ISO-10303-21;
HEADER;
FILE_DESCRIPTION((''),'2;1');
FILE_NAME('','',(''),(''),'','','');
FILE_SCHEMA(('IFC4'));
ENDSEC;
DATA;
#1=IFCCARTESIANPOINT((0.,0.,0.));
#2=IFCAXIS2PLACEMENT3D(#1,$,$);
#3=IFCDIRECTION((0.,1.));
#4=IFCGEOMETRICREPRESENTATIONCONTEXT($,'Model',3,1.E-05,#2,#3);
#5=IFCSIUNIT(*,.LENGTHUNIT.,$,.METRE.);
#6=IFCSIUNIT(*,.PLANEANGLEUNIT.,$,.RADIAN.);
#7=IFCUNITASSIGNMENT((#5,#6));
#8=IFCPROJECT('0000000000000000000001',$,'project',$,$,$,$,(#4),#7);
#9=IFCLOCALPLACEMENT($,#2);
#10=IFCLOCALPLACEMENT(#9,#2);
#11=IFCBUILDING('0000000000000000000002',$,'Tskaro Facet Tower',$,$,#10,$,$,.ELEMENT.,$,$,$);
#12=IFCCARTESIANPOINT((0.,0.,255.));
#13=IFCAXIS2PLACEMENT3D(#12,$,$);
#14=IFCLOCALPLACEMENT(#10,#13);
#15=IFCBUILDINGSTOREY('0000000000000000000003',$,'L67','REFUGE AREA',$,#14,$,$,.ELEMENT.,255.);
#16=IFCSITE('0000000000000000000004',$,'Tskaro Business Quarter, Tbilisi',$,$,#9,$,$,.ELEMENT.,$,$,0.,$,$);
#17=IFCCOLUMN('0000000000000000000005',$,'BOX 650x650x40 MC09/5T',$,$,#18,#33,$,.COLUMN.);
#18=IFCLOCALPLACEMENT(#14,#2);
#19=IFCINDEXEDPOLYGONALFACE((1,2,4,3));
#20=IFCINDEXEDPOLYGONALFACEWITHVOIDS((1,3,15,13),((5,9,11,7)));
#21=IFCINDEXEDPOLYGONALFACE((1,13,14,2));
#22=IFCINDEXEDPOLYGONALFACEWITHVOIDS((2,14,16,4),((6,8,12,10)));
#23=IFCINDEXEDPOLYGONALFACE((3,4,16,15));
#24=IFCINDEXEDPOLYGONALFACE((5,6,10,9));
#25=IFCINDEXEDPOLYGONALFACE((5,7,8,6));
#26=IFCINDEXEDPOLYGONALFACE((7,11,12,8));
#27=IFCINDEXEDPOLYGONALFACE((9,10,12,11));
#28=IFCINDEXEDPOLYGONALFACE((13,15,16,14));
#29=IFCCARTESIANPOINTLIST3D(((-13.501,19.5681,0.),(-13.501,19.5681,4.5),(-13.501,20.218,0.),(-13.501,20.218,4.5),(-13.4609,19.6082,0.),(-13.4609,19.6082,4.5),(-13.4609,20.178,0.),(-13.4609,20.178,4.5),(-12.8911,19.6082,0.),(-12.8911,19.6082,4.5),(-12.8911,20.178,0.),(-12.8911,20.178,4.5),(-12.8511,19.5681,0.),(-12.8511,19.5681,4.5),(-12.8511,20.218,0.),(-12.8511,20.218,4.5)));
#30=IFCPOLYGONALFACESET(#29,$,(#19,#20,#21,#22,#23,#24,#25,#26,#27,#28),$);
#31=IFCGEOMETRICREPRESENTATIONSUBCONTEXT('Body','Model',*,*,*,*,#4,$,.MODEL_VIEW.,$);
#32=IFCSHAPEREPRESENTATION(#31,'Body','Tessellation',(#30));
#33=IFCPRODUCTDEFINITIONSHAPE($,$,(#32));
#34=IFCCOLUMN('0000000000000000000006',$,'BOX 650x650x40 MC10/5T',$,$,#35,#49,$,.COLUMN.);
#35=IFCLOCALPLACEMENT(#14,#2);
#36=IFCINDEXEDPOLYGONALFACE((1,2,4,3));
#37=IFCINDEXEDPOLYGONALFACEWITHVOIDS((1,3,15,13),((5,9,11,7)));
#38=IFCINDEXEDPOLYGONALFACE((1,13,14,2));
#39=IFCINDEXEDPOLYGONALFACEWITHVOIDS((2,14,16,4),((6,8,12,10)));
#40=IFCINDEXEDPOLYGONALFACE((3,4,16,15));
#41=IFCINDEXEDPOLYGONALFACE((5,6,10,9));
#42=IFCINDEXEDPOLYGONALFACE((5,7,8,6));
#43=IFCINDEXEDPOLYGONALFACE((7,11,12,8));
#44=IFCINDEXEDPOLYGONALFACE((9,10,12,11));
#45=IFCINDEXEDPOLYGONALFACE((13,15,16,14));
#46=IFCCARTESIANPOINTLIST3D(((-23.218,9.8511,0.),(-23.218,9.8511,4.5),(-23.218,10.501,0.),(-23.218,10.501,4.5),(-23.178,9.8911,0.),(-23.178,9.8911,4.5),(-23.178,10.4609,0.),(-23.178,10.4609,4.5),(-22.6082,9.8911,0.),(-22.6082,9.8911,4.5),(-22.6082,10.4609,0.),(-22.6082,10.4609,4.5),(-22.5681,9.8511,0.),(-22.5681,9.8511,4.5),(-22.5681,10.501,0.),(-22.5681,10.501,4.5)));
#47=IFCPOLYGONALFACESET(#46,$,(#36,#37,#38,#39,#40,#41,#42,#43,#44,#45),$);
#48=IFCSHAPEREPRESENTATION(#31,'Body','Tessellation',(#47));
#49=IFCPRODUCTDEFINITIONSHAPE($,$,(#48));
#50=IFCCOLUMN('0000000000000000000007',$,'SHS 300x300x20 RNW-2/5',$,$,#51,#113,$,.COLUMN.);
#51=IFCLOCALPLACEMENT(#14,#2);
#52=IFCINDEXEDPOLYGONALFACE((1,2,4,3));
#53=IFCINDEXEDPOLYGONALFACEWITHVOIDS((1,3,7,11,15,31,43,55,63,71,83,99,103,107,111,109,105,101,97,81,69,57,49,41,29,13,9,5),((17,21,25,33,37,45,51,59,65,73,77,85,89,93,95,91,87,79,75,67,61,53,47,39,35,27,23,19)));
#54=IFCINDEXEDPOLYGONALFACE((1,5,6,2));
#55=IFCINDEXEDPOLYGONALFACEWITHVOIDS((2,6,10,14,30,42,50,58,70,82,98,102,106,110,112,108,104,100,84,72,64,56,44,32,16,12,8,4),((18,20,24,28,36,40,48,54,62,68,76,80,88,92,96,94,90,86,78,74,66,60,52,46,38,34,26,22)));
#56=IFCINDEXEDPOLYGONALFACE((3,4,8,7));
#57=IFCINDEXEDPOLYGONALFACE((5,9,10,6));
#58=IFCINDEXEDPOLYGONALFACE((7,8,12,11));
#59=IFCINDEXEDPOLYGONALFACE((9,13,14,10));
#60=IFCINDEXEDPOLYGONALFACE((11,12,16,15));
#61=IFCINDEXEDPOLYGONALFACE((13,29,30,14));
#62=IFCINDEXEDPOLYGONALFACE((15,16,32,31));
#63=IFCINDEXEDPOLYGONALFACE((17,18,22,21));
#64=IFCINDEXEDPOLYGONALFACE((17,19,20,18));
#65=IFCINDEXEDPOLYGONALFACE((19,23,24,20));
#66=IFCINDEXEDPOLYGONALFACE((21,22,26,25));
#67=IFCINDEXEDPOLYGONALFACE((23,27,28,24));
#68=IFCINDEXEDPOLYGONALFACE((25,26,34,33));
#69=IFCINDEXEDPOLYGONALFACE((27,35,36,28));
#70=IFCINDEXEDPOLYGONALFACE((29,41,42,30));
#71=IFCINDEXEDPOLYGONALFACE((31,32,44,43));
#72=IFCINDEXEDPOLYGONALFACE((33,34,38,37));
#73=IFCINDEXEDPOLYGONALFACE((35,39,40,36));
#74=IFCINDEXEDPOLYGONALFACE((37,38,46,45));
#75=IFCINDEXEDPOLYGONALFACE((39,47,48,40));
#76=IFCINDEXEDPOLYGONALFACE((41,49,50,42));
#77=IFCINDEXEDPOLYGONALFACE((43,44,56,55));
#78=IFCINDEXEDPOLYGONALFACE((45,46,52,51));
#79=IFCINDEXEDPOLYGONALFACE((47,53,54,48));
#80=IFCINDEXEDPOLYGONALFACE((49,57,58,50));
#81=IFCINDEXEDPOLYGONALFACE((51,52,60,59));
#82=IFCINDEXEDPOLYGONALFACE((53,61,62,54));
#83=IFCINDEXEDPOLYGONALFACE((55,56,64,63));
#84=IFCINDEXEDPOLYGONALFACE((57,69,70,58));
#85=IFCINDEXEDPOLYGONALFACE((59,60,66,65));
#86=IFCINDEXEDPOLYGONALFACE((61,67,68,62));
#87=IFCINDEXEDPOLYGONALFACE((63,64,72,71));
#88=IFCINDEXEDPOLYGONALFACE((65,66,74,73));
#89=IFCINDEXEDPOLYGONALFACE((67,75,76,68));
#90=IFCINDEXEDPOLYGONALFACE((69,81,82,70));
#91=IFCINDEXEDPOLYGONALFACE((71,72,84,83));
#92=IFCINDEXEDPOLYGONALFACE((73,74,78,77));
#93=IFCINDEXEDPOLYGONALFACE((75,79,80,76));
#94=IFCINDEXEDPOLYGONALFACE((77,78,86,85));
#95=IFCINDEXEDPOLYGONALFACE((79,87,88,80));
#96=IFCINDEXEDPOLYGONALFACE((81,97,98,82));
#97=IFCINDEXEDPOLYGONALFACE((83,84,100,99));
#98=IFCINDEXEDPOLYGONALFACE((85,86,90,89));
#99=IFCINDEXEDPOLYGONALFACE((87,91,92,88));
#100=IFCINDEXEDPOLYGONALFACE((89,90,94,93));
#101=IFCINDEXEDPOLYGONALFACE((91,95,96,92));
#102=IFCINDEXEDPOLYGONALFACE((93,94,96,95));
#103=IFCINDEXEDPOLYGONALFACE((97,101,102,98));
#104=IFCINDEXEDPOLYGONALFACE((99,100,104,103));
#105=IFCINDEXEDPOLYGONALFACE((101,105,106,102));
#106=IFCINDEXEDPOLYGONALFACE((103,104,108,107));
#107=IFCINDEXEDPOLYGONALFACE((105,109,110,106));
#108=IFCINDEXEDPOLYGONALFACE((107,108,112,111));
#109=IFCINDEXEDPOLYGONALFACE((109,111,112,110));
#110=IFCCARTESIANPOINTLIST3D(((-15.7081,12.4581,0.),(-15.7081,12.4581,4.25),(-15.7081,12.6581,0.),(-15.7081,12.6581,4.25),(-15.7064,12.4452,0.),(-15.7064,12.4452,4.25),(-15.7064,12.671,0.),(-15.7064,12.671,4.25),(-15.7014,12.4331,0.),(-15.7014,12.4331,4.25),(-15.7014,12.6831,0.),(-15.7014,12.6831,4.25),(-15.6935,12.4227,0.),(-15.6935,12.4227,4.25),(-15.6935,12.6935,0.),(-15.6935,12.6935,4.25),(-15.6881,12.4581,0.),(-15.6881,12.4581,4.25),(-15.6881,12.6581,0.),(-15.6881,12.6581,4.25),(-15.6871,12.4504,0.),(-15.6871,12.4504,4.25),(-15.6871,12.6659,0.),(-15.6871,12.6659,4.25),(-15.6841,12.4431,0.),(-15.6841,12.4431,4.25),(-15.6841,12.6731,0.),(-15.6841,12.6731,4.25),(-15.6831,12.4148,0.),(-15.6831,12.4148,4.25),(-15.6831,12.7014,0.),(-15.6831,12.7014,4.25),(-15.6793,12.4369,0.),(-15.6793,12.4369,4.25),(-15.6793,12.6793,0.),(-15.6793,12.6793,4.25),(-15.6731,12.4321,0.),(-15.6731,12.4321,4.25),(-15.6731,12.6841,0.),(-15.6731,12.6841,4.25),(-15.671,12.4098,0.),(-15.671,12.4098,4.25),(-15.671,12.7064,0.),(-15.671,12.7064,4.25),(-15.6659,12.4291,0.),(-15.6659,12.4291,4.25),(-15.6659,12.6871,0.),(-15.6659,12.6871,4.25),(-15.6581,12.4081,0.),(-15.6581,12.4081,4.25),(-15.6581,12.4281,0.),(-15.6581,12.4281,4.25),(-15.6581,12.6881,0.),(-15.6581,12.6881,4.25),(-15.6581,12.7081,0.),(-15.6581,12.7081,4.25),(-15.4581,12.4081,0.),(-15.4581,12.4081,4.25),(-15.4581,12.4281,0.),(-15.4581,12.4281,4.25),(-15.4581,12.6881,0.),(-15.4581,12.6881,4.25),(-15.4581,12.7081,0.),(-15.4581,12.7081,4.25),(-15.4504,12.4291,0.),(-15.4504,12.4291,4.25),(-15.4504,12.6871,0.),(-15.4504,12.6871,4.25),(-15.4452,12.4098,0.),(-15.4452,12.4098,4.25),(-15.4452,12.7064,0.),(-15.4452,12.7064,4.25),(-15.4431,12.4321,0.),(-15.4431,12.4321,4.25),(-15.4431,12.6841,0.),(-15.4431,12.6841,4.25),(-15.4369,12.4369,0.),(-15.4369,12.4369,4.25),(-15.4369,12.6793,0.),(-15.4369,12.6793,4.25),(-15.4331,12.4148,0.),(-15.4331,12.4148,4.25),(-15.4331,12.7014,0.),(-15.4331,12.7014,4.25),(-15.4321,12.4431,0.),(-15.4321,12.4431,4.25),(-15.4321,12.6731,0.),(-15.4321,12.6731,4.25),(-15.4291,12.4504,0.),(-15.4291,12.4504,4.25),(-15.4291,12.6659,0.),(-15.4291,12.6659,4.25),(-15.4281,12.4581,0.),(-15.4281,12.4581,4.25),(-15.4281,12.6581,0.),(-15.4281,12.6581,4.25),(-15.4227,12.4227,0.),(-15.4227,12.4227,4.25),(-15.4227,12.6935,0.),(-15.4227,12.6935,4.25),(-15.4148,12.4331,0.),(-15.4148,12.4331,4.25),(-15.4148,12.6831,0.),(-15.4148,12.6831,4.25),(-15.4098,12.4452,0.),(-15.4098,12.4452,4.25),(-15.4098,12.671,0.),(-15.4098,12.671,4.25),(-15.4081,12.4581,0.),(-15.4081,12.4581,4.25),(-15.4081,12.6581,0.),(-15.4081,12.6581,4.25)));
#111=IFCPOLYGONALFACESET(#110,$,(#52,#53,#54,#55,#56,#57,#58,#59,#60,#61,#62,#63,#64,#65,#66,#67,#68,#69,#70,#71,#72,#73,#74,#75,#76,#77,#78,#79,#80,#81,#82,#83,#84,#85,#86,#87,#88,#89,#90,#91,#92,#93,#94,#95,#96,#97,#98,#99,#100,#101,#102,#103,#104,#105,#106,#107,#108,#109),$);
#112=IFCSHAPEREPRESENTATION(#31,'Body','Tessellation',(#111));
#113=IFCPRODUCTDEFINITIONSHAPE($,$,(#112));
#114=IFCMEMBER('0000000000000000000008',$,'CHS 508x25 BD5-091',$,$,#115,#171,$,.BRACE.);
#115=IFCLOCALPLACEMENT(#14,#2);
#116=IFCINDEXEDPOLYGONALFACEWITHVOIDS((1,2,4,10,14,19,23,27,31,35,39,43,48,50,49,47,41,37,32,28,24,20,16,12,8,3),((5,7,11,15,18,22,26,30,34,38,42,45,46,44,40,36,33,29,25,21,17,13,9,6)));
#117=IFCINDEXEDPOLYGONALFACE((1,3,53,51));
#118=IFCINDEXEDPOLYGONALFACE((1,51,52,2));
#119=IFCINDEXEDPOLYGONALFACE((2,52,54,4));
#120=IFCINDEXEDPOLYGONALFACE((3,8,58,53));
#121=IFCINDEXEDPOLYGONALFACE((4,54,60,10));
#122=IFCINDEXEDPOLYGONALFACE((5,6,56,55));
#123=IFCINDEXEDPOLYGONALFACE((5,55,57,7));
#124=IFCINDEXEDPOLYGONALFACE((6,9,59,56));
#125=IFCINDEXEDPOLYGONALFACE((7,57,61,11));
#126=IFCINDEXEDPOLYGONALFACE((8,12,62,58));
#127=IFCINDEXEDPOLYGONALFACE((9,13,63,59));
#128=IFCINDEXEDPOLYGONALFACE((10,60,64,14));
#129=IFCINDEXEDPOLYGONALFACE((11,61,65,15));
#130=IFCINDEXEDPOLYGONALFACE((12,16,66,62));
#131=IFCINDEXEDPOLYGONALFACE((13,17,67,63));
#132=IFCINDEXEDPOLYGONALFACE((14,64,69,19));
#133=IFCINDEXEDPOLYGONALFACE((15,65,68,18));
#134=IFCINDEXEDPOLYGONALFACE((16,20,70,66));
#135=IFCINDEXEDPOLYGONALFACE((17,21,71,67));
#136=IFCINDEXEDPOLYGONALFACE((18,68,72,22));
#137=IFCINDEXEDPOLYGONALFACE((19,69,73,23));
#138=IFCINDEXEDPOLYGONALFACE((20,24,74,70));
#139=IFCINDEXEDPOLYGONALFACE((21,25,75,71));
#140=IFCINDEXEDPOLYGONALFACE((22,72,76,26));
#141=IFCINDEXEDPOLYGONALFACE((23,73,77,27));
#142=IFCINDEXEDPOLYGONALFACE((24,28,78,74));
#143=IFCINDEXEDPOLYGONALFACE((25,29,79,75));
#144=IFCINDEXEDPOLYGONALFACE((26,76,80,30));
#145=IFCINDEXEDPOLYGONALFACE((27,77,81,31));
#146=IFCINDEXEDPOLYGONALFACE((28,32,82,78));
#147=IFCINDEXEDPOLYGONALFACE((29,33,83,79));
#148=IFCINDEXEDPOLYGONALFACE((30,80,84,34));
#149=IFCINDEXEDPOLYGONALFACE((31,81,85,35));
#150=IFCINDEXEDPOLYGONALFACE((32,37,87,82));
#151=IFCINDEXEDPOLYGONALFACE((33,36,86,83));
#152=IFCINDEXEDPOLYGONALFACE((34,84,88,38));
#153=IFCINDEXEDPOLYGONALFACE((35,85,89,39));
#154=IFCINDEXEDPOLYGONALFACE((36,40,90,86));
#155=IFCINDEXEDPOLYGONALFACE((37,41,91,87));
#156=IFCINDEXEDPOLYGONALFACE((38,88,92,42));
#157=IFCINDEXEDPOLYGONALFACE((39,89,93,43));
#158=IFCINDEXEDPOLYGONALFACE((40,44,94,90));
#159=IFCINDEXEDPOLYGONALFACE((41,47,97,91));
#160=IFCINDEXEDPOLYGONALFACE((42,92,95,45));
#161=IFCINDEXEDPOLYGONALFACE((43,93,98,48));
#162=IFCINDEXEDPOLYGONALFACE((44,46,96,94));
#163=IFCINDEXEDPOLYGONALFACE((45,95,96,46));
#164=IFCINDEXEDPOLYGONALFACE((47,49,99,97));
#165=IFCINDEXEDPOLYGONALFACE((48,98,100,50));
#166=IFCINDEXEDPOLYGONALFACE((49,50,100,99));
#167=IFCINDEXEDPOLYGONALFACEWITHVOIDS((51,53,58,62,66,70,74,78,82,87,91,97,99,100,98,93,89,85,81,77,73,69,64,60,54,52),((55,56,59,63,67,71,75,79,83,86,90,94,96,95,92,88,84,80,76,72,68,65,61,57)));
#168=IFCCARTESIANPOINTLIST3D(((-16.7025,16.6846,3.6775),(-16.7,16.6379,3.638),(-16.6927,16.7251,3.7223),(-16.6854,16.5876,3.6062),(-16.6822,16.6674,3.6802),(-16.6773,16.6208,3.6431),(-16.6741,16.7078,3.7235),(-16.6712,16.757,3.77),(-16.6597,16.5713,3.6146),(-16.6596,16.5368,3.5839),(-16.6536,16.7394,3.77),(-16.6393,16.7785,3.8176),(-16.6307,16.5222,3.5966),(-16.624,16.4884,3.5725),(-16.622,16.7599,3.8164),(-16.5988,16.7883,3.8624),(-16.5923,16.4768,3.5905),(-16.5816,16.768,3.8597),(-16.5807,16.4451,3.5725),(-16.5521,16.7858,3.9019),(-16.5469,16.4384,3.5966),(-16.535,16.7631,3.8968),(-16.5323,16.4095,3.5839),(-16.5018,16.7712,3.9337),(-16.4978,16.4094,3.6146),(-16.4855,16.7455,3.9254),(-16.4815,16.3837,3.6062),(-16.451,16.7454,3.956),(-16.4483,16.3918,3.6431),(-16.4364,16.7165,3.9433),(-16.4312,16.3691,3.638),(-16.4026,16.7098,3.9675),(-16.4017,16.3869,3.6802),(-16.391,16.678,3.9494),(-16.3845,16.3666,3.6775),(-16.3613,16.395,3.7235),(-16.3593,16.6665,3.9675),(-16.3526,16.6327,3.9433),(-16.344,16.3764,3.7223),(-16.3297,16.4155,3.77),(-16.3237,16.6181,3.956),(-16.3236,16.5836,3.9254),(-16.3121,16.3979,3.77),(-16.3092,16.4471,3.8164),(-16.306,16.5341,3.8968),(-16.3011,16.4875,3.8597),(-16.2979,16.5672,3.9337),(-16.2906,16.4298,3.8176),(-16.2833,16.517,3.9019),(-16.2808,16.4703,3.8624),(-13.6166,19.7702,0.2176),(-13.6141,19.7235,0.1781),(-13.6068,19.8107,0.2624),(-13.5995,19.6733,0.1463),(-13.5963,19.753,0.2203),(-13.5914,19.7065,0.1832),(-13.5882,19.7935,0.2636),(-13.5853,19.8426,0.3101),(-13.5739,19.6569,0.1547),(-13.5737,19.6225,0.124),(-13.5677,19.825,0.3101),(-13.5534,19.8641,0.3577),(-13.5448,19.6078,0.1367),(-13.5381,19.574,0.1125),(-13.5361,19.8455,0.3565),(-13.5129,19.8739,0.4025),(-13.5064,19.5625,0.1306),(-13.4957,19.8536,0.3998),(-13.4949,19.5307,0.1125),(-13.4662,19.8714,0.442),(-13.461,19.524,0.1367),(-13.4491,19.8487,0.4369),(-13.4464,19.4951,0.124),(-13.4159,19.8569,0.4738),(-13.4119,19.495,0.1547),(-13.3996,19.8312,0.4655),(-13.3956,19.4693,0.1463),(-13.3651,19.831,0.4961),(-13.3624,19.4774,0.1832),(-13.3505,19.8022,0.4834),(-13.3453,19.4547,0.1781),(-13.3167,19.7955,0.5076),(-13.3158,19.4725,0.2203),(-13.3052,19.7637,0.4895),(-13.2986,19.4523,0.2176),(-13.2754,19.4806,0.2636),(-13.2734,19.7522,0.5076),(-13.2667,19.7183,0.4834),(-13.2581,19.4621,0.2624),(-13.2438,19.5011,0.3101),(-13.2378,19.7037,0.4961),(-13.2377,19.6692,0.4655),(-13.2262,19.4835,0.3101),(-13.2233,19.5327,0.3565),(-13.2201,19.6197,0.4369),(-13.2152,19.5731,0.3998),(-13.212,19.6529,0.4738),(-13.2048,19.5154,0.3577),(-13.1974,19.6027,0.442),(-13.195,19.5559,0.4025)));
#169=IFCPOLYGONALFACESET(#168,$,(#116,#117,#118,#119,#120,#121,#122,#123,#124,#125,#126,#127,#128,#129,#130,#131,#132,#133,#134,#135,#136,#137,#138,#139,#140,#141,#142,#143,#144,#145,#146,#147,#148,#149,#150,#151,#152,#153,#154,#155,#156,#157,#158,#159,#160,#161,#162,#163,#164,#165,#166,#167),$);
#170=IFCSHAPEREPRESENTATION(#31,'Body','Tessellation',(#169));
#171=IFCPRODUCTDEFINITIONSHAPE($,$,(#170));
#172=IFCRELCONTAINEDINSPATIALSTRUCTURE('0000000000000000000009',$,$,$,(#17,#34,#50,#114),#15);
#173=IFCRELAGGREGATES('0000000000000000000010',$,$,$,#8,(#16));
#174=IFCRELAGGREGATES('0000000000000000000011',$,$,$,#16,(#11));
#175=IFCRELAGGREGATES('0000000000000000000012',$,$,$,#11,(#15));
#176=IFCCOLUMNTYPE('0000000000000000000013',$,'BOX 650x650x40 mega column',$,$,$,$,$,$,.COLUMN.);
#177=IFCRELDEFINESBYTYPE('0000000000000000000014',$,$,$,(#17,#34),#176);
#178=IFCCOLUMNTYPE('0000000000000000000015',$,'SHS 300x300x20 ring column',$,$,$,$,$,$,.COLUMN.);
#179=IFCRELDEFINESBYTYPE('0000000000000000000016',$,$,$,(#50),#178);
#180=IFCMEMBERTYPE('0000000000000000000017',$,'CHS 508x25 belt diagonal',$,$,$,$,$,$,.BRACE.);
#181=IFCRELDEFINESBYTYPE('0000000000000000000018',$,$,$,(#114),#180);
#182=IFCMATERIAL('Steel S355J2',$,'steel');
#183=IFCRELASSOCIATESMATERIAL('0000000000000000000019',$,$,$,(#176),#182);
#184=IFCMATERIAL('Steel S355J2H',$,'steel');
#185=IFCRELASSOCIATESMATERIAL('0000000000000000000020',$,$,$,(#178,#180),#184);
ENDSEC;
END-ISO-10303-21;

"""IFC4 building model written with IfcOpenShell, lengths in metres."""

from ifc_helpers import new_model, si_unit, direction, frame, origin, origin_2d, place, context, subcontext, project, spatial, hollow_rectangle, hollow_circle, extrude, material, material_profile, profile_set, type_object, element, save


model = new_model("IFC4")

# Units and contexts
model_context = context("Model", 3, precision=1e-05, world=origin(), true_north=direction((0.0, 1.0)))
body_context = subcontext(model_context, "Body", "Model", "MODEL_VIEW")
ifc_project = project(units=[si_unit("LENGTHUNIT", "METRE"), si_unit("PLANEANGLEUNIT", "RADIAN")], contexts=[model_context])

# Site, building, storey
site_placement = place(None, origin())
site = spatial("IfcSite", under=ifc_project, at=site_placement, Name="Tskaro Business Quarter, Tbilisi", CompositionType="ELEMENT", RefElevation=0.0)
building_placement = place(site_placement, origin())
building = spatial("IfcBuilding", under=site, at=building_placement, Name="Tskaro Facet Tower", CompositionType="ELEMENT")
storey_placement = place(building_placement, frame((0.0, 0.0, 255.0)))
storey = spatial("IfcBuildingStorey", under=building, at=storey_placement, Name="L67", Description="REFUGE AREA", CompositionType="ELEMENT", Elevation=255.0)

# Columns
ifc_material_1 = material(Name="Steel S355J2", Category="steel")
ifc_material_profile_1 = material_profile(ifc_material_1, hollow_rectangle(XDim=0.6499, YDim=0.6499, WallThickness=0.04, at=origin_2d()), Name="BOX 650x650x40")
ifc_profile_set_1 = profile_set([ifc_material_profile_1], Name="Steel S355J2")
column_type_1 = type_object("IfcColumnType", Name="BOX 650x650x40 mega column", PredefinedType="COLUMN", material=ifc_profile_set_1)
for number, where, z_axis, x_axis, name in (
    (1, (-13.176, 19.8931, 0.0), (0.0, 0.0, 1.0), (1.0, 0.0, 0.0), "BOX 650x650x40 MC09/5T"),
    (2, (-22.8931, 10.176, 0.0), (0.0, 0.0, 1.0), (1.0, 0.0, 0.0), "BOX 650x650x40 MC10/5T"),
):
    element("IfcColumn", number, at=place(storey_placement, frame(where, z_axis=z_axis, x_axis=x_axis)), inside=storey, type_object=column_type_1, Name=name, PredefinedType="COLUMN", context=body_context, shape_type="SweptSolid", body=[
        extrude(hollow_rectangle(XDim=0.6499, YDim=0.6499, WallThickness=0.04, at=origin_2d()), origin(), (0.0, 0.0, 1.0), 4.5),
    ])
ifc_material_2 = material(Name="Steel S355J2H", Category="steel")
ifc_material_profile_2 = material_profile(ifc_material_2, hollow_rectangle(XDim=0.3, YDim=0.3, WallThickness=0.02, InnerFilletRadius=0.03, OuterFilletRadius=0.05, at=origin_2d()), Name="SHS 300x300x20")
ifc_profile_set_2 = profile_set([ifc_material_profile_2], Name="Steel S355J2H")
column_type_2 = type_object("IfcColumnType", Name="SHS 300x300x20 ring column", PredefinedType="COLUMN", material=ifc_profile_set_2)
column_placement = place(storey_placement, frame((-15.5581, 12.5581, 0.0), z_axis=(0.0, 0.0, 1.0), x_axis=(1.0, 0.0, 0.0)))
element("IfcColumn", 3, at=column_placement, inside=storey, type_object=column_type_2, Name="SHS 300x300x20 RNW-2/5", PredefinedType="COLUMN", context=body_context, shape_type="SweptSolid", body=[
    extrude(hollow_rectangle(XDim=0.3, YDim=0.3, WallThickness=0.02, InnerFilletRadius=0.03, OuterFilletRadius=0.05, at=origin_2d()), origin(), (0.0, 0.0, 1.0), 4.25),
])

# Member
ifc_material_profile_3 = material_profile(ifc_material_2, hollow_circle(Radius=0.2539, WallThickness=0.0249, at=origin_2d()), Name="CHS 508x25")
ifc_profile_set_3 = profile_set([ifc_material_profile_3], Name="Steel S355J2H")
member_type_1 = type_object("IfcMemberType", Name="CHS 508x25 belt diagonal", PredefinedType="BRACE", material=ifc_profile_set_3)
for number, where, z_axis, x_axis, name in (
    (4, (-13.4058, 19.6631, 0.3101), (-0.554109, -0.554065, 0.621269), (0.707079, -0.707135, 0.0), "CHS 508x25 BD5-091"),
):
    element("IfcMember", number, at=place(storey_placement, frame(where, z_axis=z_axis, x_axis=x_axis)), inside=storey, type_object=member_type_1, Name=name, PredefinedType="BRACE", context=body_context, shape_type="SweptSolid", body=[
        extrude(hollow_circle(Radius=0.2539, WallThickness=0.0249, at=origin_2d()), origin(), (0.0, 0.0, 1.0), 5.5691),
    ])

save(model, "model.ifc")
